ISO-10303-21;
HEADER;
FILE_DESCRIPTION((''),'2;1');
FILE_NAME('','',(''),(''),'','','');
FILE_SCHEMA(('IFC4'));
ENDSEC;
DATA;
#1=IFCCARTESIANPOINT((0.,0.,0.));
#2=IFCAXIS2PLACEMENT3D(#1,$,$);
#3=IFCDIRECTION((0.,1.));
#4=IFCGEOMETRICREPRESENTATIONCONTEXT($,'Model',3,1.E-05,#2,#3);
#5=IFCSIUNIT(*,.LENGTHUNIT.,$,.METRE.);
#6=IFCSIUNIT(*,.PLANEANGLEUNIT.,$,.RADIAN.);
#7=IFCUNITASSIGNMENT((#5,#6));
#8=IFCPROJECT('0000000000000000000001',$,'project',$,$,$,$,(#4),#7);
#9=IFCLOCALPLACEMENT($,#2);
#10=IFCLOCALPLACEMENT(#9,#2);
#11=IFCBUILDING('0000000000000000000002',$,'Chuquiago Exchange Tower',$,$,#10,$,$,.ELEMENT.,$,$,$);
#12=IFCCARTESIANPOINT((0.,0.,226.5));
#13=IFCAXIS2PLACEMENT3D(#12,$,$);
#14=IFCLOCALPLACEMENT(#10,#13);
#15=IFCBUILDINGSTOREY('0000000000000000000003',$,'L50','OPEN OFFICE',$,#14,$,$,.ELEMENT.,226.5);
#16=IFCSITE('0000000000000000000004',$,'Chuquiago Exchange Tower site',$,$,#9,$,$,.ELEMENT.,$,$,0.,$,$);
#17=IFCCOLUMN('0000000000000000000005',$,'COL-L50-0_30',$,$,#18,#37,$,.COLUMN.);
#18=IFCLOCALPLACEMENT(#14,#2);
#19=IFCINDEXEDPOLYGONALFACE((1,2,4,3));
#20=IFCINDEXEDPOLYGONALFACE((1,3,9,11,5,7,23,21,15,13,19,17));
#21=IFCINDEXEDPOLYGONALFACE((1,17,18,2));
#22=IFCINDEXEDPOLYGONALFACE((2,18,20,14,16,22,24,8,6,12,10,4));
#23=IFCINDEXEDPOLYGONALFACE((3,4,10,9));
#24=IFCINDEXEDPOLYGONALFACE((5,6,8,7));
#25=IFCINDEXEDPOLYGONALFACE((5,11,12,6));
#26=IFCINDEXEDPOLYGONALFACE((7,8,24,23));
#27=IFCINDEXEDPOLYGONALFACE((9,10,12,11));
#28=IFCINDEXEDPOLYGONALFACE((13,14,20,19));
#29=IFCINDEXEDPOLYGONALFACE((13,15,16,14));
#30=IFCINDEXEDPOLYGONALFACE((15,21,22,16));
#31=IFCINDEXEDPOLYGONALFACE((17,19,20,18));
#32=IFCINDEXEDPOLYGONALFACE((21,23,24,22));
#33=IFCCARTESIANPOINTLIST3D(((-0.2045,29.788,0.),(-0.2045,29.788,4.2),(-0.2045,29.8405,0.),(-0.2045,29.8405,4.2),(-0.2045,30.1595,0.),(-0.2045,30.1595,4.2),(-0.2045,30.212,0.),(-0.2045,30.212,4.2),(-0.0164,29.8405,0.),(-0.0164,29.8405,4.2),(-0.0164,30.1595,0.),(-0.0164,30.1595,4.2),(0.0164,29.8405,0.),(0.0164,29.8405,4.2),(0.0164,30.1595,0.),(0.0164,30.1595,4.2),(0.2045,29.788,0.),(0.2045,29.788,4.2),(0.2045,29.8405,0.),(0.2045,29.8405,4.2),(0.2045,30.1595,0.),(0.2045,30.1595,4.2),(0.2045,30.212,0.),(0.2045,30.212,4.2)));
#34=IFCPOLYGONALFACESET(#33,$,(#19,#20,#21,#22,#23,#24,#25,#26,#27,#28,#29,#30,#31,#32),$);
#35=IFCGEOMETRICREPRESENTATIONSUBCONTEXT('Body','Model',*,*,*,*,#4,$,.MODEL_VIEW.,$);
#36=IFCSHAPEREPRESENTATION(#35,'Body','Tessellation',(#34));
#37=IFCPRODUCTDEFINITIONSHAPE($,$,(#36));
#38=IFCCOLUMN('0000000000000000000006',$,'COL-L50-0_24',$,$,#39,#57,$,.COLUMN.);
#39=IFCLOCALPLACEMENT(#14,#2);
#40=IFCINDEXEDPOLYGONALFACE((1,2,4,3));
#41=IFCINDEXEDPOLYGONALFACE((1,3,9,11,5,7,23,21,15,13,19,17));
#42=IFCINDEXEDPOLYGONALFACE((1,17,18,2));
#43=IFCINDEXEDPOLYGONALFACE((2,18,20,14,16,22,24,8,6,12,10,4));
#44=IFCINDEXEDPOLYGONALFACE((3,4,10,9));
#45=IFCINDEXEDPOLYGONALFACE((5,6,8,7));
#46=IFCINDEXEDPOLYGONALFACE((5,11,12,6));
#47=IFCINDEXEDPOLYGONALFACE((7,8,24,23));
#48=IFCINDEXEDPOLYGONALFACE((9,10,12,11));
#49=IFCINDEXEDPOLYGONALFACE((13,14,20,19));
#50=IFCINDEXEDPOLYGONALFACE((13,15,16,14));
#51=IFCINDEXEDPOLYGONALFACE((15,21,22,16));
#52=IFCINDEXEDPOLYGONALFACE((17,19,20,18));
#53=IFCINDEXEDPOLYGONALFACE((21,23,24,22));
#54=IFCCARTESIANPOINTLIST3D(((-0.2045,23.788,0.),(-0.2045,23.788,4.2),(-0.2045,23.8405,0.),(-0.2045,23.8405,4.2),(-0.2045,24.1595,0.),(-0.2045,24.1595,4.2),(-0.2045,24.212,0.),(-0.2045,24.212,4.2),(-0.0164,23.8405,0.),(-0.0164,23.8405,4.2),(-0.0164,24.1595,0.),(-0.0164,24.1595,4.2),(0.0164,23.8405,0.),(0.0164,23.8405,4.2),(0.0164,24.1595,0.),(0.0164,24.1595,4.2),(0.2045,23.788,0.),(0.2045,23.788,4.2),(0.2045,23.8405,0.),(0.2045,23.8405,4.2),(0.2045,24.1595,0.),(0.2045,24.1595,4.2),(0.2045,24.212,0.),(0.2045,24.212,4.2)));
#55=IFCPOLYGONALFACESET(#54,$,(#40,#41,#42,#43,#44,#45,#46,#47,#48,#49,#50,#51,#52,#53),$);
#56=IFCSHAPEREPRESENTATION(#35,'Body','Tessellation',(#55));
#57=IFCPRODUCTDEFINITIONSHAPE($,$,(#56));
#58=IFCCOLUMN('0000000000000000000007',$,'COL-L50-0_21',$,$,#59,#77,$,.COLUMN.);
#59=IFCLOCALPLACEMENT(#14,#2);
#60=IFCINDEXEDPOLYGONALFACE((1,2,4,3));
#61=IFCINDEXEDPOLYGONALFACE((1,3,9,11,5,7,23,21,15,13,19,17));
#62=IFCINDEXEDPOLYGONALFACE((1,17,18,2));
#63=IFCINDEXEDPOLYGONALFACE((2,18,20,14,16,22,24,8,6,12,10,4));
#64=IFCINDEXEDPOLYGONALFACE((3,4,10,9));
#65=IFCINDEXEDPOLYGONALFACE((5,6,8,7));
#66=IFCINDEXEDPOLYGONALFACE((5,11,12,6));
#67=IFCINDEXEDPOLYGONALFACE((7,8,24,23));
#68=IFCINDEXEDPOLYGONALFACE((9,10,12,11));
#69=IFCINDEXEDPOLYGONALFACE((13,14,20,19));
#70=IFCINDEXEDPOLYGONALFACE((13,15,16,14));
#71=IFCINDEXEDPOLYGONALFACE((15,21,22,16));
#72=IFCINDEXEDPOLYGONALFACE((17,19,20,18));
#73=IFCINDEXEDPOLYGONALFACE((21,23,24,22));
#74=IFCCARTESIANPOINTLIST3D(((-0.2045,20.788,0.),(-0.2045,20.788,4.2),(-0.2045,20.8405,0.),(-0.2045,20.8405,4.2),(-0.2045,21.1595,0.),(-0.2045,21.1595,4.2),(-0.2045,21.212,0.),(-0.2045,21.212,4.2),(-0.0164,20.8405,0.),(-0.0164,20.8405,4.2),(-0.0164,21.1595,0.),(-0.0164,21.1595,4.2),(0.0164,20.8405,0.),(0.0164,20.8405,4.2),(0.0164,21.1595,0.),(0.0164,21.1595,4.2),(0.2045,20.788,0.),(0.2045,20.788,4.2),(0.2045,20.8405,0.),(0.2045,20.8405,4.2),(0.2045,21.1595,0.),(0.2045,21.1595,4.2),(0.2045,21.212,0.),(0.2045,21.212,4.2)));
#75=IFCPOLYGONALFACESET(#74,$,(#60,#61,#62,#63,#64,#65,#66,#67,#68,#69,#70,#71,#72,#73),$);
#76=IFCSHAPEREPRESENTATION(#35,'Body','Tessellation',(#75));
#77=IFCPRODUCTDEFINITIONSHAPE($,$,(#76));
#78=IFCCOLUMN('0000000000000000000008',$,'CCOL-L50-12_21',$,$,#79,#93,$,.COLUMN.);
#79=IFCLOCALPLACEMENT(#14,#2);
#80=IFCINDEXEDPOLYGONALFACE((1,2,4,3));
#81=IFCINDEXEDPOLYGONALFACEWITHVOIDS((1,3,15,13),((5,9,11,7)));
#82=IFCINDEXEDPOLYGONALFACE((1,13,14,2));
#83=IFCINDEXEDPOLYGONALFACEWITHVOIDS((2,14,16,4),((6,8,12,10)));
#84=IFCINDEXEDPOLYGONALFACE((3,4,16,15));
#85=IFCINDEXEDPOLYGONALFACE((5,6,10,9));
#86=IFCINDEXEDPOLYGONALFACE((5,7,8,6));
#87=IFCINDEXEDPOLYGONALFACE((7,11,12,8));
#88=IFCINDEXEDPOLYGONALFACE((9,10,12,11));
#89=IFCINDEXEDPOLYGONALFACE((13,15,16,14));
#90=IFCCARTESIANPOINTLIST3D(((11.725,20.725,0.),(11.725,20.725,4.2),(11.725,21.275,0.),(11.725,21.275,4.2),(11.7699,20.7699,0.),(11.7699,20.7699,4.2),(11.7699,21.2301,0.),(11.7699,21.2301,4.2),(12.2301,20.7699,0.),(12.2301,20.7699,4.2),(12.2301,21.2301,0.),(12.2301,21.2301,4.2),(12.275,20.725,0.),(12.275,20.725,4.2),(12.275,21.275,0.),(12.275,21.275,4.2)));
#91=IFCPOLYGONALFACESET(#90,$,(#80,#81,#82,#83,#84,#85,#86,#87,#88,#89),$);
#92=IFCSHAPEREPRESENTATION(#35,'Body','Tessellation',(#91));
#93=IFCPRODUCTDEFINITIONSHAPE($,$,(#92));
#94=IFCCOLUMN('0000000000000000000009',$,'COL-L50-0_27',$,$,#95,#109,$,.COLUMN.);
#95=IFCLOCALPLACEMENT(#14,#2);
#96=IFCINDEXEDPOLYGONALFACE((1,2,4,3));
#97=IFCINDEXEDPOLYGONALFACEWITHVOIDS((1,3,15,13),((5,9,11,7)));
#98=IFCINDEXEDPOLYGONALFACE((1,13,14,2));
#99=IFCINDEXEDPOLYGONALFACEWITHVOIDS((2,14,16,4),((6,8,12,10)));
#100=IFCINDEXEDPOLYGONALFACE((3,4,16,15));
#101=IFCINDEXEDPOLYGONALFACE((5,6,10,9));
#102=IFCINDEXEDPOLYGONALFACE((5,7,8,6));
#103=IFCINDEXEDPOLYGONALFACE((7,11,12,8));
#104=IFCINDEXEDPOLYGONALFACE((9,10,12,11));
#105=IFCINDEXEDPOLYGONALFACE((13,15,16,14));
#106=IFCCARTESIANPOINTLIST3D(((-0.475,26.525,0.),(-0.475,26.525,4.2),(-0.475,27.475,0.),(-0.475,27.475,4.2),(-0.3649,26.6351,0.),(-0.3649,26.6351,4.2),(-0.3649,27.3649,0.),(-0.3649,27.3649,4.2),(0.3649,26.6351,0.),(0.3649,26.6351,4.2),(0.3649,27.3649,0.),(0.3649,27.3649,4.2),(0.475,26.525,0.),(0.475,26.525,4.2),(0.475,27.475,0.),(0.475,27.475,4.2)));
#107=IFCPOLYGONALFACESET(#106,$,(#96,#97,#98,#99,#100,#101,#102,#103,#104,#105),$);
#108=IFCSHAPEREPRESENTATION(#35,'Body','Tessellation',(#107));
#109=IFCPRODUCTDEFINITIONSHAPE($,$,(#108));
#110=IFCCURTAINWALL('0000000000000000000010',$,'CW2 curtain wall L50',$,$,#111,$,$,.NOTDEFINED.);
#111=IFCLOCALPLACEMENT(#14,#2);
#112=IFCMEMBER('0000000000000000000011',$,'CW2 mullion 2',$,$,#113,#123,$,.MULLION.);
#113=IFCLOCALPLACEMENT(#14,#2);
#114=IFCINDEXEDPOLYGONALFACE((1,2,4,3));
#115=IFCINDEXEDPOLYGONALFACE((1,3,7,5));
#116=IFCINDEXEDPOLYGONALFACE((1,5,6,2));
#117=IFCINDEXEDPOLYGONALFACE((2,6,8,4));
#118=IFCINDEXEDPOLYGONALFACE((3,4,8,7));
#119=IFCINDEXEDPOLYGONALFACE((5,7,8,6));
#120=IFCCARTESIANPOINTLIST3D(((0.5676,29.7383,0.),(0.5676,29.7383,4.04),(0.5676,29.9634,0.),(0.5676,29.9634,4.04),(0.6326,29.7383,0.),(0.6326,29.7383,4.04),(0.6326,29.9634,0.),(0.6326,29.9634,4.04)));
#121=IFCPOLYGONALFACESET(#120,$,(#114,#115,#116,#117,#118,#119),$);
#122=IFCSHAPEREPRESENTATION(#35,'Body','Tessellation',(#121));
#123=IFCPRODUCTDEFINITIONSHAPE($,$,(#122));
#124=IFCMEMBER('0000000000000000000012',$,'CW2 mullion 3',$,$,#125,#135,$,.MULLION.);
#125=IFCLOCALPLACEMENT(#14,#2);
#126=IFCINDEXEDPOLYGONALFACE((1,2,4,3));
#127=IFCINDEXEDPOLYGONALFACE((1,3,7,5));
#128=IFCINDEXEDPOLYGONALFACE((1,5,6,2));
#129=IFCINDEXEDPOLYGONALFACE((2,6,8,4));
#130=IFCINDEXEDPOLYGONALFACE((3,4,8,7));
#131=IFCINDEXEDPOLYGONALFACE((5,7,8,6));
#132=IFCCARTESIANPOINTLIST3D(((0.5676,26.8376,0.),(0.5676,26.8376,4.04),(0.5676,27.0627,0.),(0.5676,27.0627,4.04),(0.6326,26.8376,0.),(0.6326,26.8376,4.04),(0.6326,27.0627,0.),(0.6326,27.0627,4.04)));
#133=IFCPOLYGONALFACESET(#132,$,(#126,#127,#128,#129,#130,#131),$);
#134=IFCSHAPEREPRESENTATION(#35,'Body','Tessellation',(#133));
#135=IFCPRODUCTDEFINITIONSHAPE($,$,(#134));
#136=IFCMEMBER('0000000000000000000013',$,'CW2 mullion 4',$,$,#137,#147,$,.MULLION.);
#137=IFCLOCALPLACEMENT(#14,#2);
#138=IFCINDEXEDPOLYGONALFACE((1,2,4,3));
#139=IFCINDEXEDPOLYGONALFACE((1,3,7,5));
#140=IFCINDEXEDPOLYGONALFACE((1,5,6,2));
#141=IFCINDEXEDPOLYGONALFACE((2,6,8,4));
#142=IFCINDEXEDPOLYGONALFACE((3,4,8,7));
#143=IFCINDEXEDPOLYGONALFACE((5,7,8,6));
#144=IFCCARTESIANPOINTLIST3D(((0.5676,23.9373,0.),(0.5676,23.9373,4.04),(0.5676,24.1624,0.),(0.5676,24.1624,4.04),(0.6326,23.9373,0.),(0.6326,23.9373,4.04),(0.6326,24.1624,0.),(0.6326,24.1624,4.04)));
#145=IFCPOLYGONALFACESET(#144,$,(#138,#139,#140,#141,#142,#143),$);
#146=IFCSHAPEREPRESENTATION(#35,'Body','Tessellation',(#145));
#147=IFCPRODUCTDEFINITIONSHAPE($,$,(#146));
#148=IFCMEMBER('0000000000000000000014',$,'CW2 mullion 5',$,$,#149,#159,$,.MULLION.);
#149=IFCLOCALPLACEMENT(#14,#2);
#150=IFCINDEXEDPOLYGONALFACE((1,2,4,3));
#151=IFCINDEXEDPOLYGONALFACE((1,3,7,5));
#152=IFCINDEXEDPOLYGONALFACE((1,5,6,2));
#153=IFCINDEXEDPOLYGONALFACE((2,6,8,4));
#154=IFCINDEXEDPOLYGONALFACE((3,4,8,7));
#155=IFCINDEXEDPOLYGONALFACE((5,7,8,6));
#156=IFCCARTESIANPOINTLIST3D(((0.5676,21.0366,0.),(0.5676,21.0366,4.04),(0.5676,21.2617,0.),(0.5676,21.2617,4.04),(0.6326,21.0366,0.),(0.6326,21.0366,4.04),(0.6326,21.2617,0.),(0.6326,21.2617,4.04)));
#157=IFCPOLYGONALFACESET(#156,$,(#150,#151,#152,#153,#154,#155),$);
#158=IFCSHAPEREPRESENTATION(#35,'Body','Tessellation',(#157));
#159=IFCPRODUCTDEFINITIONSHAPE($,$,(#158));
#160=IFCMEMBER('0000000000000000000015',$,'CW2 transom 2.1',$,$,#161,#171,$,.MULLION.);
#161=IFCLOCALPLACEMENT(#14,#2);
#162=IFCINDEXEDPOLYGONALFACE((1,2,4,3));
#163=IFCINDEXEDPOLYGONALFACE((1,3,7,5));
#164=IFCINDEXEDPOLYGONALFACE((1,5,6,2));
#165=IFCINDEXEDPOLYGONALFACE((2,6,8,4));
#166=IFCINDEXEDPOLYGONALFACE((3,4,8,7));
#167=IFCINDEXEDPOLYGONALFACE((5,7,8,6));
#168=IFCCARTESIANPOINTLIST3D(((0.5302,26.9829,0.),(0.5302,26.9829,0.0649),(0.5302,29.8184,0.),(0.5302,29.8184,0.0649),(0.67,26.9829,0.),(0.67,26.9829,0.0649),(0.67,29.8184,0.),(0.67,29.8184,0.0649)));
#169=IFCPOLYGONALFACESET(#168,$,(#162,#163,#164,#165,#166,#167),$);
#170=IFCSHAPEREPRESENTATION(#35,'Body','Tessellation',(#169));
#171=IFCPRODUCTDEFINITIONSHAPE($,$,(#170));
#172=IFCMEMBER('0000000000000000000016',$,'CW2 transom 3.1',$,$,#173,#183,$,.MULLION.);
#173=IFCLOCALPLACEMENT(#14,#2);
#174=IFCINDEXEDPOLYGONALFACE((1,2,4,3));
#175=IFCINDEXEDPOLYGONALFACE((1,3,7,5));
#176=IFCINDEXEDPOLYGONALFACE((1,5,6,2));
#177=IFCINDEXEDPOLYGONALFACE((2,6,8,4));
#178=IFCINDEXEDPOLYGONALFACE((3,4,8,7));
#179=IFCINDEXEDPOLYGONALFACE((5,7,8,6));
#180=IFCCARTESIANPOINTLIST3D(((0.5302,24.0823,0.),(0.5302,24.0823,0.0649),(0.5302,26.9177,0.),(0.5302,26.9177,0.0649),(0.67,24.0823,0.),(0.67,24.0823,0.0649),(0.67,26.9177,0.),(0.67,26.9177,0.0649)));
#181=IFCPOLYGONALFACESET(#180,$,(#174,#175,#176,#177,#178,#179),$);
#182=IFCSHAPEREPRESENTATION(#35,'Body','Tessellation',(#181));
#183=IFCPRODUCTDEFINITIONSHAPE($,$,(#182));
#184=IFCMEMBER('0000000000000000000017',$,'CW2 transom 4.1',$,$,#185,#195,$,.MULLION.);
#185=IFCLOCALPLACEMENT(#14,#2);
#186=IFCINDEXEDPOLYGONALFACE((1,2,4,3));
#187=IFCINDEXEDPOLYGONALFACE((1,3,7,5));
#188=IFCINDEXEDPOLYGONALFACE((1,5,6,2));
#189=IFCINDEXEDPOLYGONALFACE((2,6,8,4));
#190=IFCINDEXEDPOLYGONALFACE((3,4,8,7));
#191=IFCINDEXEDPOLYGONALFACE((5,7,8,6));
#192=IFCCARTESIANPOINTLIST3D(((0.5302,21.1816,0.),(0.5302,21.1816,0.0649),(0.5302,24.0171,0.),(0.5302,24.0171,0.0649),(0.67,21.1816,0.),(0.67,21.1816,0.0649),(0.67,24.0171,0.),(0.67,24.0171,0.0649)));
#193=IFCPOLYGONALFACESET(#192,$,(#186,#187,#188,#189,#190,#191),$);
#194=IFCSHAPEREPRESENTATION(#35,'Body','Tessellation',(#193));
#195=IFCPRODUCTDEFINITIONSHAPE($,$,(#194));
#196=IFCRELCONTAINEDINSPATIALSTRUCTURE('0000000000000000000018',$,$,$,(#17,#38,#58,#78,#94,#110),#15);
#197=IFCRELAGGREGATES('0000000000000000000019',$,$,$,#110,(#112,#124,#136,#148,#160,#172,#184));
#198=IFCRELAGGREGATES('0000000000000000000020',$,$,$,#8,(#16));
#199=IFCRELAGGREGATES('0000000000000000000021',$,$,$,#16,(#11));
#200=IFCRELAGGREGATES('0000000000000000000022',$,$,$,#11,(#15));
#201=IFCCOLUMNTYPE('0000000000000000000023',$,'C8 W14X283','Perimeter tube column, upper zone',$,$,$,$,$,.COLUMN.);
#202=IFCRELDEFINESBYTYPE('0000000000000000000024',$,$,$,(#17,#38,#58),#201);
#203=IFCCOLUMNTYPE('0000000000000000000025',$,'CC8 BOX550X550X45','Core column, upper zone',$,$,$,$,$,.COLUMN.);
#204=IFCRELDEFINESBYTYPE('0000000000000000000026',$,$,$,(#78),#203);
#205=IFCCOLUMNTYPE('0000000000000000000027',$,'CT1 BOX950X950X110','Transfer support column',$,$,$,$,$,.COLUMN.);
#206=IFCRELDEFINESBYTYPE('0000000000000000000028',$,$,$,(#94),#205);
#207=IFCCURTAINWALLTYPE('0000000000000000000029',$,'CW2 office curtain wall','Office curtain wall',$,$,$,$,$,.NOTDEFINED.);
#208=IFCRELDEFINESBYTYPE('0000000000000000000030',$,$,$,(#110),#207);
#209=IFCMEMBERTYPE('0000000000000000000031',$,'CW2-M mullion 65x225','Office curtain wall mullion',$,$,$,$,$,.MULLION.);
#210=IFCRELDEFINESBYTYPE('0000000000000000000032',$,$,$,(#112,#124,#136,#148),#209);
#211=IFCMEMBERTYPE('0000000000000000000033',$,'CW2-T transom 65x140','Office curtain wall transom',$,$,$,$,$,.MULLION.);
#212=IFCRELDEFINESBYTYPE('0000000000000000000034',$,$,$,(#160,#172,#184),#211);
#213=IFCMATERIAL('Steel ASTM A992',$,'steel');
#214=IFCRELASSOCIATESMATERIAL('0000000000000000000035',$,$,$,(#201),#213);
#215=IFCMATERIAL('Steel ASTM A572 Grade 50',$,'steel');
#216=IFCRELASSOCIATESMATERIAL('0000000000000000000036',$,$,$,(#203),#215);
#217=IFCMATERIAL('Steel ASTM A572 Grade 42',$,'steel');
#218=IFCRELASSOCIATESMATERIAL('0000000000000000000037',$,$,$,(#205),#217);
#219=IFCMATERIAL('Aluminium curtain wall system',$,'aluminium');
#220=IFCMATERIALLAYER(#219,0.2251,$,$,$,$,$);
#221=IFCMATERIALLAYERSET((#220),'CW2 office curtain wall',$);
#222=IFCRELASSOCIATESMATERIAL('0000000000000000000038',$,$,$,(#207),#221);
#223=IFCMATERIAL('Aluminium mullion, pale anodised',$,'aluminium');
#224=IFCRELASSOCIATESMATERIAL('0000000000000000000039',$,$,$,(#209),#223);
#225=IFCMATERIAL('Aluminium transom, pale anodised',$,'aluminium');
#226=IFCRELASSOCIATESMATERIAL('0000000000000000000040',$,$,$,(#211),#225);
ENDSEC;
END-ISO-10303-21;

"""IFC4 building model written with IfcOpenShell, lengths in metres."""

from ifc_helpers import new_model, si_unit, direction, frame, origin, origin_2d, place, context, subcontext, project, spatial, rectangle, hollow_rectangle, i_section, extrude, material, layer, layer_set, material_profile, profile_set, type_object, element, aggregate, save


model = new_model("IFC4")

# Units and contexts
model_context = context("Model", 3, precision=1e-05, world=origin(), true_north=direction((0.0, 1.0)))
body_context = subcontext(model_context, "Body", "Model", "MODEL_VIEW")
ifc_project = project(units=[si_unit("LENGTHUNIT", "METRE"), si_unit("PLANEANGLEUNIT", "RADIAN")], contexts=[model_context])

# Site, building, storey
site_placement = place(None, origin())
site = spatial("IfcSite", under=ifc_project, at=site_placement, Name="Chuquiago Exchange Tower site", CompositionType="ELEMENT", RefElevation=0.0)
building_placement = place(site_placement, origin())
building = spatial("IfcBuilding", under=site, at=building_placement, Name="Chuquiago Exchange Tower", CompositionType="ELEMENT")
storey_placement = place(building_placement, frame((0.0, 0.0, 226.5)))
storey = spatial("IfcBuildingStorey", under=building, at=storey_placement, Name="L50", Description="OPEN OFFICE", CompositionType="ELEMENT", Elevation=226.5)

# Columns
ifc_material_1 = material(Name="Steel ASTM A992", Category="steel")
ifc_material_profile_1 = material_profile(ifc_material_1, i_section(OverallWidth=0.4089, OverallDepth=0.4241, WebThickness=0.0327, FlangeThickness=0.0525, at=origin_2d()), Name="W14X283")
ifc_profile_set_1 = profile_set([ifc_material_profile_1], Name="Steel ASTM A992")
column_type_1 = type_object("IfcColumnType", Name="C8 W14X283", Description="Perimeter tube column, upper zone", PredefinedType="COLUMN", material=ifc_profile_set_1)
for number, where, z_axis, x_axis, name in (
    (1, (0.0, 30.0, 0.0), (0.0, 0.0, 1.0), (-1.0, 0.0, 0.0), "COL-L50-0_30"),
    (2, (0.0, 24.0, 0.0), (0.0, 0.0, 1.0), (-1.0, 0.0, 0.0), "COL-L50-0_24"),
    (3, (0.0, 21.0, 0.0), (0.0, 0.0, 1.0), (-1.0, 0.0, 0.0), "COL-L50-0_21"),
):
    element("IfcColumn", number, at=place(storey_placement, frame(where, z_axis=z_axis, x_axis=x_axis)), inside=storey, type_object=column_type_1, Name=name, PredefinedType="COLUMN", context=body_context, shape_type="SweptSolid", body=[
        extrude(i_section(OverallWidth=0.4089, OverallDepth=0.4241, WebThickness=0.0327, FlangeThickness=0.0525, at=origin_2d()), origin(), (0.0, 0.0, 1.0), 4.2),
    ])
ifc_material_2 = material(Name="Steel ASTM A572 Grade 50", Category="steel")
ifc_material_profile_2 = material_profile(ifc_material_2, hollow_rectangle(XDim=0.55, YDim=0.55, WallThickness=0.0449, at=origin_2d()), Name="BOX550X550X45")
ifc_profile_set_2 = profile_set([ifc_material_profile_2], Name="Steel ASTM A572 Grade 50")
column_type_2 = type_object("IfcColumnType", Name="CC8 BOX550X550X45", Description="Core column, upper zone", PredefinedType="COLUMN", material=ifc_profile_set_2)
column_1_placement = place(storey_placement, frame((12.0, 21.0, 0.0), z_axis=(0.0, 0.0, 1.0), x_axis=(1.0, 0.0, 0.0)))
element("IfcColumn", 4, at=column_1_placement, inside=storey, type_object=column_type_2, Name="CCOL-L50-12_21", PredefinedType="COLUMN", context=body_context, shape_type="SweptSolid", body=[
    extrude(hollow_rectangle(XDim=0.55, YDim=0.55, WallThickness=0.0449, at=origin_2d()), origin(), (0.0, 0.0, 1.0), 4.2),
])
ifc_material_3 = material(Name="Steel ASTM A572 Grade 42", Category="steel")
ifc_material_profile_3 = material_profile(ifc_material_3, hollow_rectangle(XDim=0.95, YDim=0.95, WallThickness=0.1101, at=origin_2d()), Name="BOX950X950X110")
ifc_profile_set_3 = profile_set([ifc_material_profile_3], Name="Steel ASTM A572 Grade 42")
column_type_3 = type_object("IfcColumnType", Name="CT1 BOX950X950X110", Description="Transfer support column", PredefinedType="COLUMN", material=ifc_profile_set_3)
column_2_placement = place(storey_placement, frame((0.0, 27.0, 0.0), z_axis=(0.0, 0.0, 1.0), x_axis=(-1.0, 0.0, 0.0)))
element("IfcColumn", 5, at=column_2_placement, inside=storey, type_object=column_type_3, Name="COL-L50-0_27", PredefinedType="COLUMN", context=body_context, shape_type="SweptSolid", body=[
    extrude(hollow_rectangle(XDim=0.95, YDim=0.95, WallThickness=0.1101, at=origin_2d()), origin(), (0.0, 0.0, 1.0), 4.2),
])

# Curtain wall, members
ifc_material_4 = material(Name="Aluminium curtain wall system", Category="aluminium")
ifc_layer_1 = layer(ifc_material_4, 0.2251)
ifc_layer_set_1 = layer_set([ifc_layer_1], Name="CW2 office curtain wall")
curtain_wall_type = type_object("IfcCurtainWallType", Name="CW2 office curtain wall", Description="Office curtain wall", PredefinedType="NOTDEFINED", material=ifc_layer_set_1)
curtain_wall_placement = place(storey_placement, origin())
curtain_wall = element("IfcCurtainWall", 6, at=curtain_wall_placement, inside=storey, type_object=curtain_wall_type, Name="CW2 curtain wall L50", PredefinedType="NOTDEFINED")
ifc_material_5 = material(Name="Aluminium mullion, pale anodised", Category="aluminium")
ifc_material_profile_4 = material_profile(ifc_material_5, rectangle(XDim=0.0649, YDim=0.2251, at=origin_2d()), Name="AL 65x225")
ifc_profile_set_4 = profile_set([ifc_material_profile_4], Name="Aluminium mullion, pale anodised")
member_type_1 = type_object("IfcMemberType", Name="CW2-M mullion 65x225", Description="Office curtain wall mullion", PredefinedType="MULLION", material=ifc_profile_set_4)
member_1_placement = place(storey_placement, frame((0.6001, 29.8508, 0.0), z_axis=(0.0, 0.0, 1.0), x_axis=(1.0, 0.0, 0.0)))
member_1 = element("IfcMember", 7, at=member_1_placement, type_object=member_type_1, Name="CW2 mullion 2", PredefinedType="MULLION", context=body_context, shape_type="SweptSolid", body=[
    extrude(rectangle(XDim=0.0649, YDim=0.2251, at=origin_2d()), origin(), (0.0, 0.0, 1.0), 4.04),
])
member_2_placement = place(storey_placement, frame((0.6001, 26.9502, 0.0), z_axis=(0.0, 0.0, 1.0), x_axis=(1.0, 0.0, 0.0)))
member_2 = element("IfcMember", 8, at=member_2_placement, type_object=member_type_1, Name="CW2 mullion 3", PredefinedType="MULLION", context=body_context, shape_type="SweptSolid", body=[
    extrude(rectangle(XDim=0.0649, YDim=0.2251, at=origin_2d()), origin(), (0.0, 0.0, 1.0), 4.04),
])
member_3_placement = place(storey_placement, frame((0.6001, 24.0498, 0.0), z_axis=(0.0, 0.0, 1.0), x_axis=(1.0, 0.0, 0.0)))
member_3 = element("IfcMember", 9, at=member_3_placement, type_object=member_type_1, Name="CW2 mullion 4", PredefinedType="MULLION", context=body_context, shape_type="SweptSolid", body=[
    extrude(rectangle(XDim=0.0649, YDim=0.2251, at=origin_2d()), origin(), (0.0, 0.0, 1.0), 4.04),
])
member_4_placement = place(storey_placement, frame((0.6001, 21.1492, 0.0), z_axis=(0.0, 0.0, 1.0), x_axis=(1.0, 0.0, 0.0)))
member_4 = element("IfcMember", 10, at=member_4_placement, type_object=member_type_1, Name="CW2 mullion 5", PredefinedType="MULLION", context=body_context, shape_type="SweptSolid", body=[
    extrude(rectangle(XDim=0.0649, YDim=0.2251, at=origin_2d()), origin(), (0.0, 0.0, 1.0), 4.04),
])
ifc_material_6 = material(Name="Aluminium transom, pale anodised", Category="aluminium")
ifc_material_profile_5 = material_profile(ifc_material_6, rectangle(XDim=0.1399, YDim=0.0649, at=origin_2d()), Name="AL 140x65")
ifc_profile_set_5 = profile_set([ifc_material_profile_5], Name="Aluminium transom, pale anodised")
member_type_2 = type_object("IfcMemberType", Name="CW2-T transom 65x140", Description="Office curtain wall transom", PredefinedType="MULLION", material=ifc_profile_set_5)
member_5_placement = place(storey_placement, frame((0.6001, 29.8184, 0.0325), z_axis=(0.0, -1.0, 0.0), x_axis=(1.0, 0.0, 0.0)))
member_5 = element("IfcMember", 11, at=member_5_placement, type_object=member_type_2, Name="CW2 transom 2.1", PredefinedType="MULLION", context=body_context, shape_type="SweptSolid", body=[
    extrude(rectangle(XDim=0.1399, YDim=0.0649, at=origin_2d()), origin(), (0.0, 0.0, 1.0), 2.8354),
])
member_6_placement = place(storey_placement, frame((0.6001, 26.9177, 0.0325), z_axis=(0.0, -1.0, 0.0), x_axis=(1.0, 0.0, 0.0)))
member_6 = element("IfcMember", 12, at=member_6_placement, type_object=member_type_2, Name="CW2 transom 3.1", PredefinedType="MULLION", context=body_context, shape_type="SweptSolid", body=[
    extrude(rectangle(XDim=0.1399, YDim=0.0649, at=origin_2d()), origin(), (0.0, 0.0, 1.0), 2.8354),
])
member_7_placement = place(storey_placement, frame((0.6001, 24.0171, 0.0325), z_axis=(0.0, -1.0, 0.0), x_axis=(1.0, 0.0, 0.0)))
member_7 = element("IfcMember", 13, at=member_7_placement, type_object=member_type_2, Name="CW2 transom 4.1", PredefinedType="MULLION", context=body_context, shape_type="SweptSolid", body=[
    extrude(rectangle(XDim=0.1399, YDim=0.0649, at=origin_2d()), origin(), (0.0, 0.0, 1.0), 2.8354),
])

aggregate(curtain_wall, [member_1, member_2, member_3, member_4, member_5, member_6, member_7])

save(model, "model.ifc")
